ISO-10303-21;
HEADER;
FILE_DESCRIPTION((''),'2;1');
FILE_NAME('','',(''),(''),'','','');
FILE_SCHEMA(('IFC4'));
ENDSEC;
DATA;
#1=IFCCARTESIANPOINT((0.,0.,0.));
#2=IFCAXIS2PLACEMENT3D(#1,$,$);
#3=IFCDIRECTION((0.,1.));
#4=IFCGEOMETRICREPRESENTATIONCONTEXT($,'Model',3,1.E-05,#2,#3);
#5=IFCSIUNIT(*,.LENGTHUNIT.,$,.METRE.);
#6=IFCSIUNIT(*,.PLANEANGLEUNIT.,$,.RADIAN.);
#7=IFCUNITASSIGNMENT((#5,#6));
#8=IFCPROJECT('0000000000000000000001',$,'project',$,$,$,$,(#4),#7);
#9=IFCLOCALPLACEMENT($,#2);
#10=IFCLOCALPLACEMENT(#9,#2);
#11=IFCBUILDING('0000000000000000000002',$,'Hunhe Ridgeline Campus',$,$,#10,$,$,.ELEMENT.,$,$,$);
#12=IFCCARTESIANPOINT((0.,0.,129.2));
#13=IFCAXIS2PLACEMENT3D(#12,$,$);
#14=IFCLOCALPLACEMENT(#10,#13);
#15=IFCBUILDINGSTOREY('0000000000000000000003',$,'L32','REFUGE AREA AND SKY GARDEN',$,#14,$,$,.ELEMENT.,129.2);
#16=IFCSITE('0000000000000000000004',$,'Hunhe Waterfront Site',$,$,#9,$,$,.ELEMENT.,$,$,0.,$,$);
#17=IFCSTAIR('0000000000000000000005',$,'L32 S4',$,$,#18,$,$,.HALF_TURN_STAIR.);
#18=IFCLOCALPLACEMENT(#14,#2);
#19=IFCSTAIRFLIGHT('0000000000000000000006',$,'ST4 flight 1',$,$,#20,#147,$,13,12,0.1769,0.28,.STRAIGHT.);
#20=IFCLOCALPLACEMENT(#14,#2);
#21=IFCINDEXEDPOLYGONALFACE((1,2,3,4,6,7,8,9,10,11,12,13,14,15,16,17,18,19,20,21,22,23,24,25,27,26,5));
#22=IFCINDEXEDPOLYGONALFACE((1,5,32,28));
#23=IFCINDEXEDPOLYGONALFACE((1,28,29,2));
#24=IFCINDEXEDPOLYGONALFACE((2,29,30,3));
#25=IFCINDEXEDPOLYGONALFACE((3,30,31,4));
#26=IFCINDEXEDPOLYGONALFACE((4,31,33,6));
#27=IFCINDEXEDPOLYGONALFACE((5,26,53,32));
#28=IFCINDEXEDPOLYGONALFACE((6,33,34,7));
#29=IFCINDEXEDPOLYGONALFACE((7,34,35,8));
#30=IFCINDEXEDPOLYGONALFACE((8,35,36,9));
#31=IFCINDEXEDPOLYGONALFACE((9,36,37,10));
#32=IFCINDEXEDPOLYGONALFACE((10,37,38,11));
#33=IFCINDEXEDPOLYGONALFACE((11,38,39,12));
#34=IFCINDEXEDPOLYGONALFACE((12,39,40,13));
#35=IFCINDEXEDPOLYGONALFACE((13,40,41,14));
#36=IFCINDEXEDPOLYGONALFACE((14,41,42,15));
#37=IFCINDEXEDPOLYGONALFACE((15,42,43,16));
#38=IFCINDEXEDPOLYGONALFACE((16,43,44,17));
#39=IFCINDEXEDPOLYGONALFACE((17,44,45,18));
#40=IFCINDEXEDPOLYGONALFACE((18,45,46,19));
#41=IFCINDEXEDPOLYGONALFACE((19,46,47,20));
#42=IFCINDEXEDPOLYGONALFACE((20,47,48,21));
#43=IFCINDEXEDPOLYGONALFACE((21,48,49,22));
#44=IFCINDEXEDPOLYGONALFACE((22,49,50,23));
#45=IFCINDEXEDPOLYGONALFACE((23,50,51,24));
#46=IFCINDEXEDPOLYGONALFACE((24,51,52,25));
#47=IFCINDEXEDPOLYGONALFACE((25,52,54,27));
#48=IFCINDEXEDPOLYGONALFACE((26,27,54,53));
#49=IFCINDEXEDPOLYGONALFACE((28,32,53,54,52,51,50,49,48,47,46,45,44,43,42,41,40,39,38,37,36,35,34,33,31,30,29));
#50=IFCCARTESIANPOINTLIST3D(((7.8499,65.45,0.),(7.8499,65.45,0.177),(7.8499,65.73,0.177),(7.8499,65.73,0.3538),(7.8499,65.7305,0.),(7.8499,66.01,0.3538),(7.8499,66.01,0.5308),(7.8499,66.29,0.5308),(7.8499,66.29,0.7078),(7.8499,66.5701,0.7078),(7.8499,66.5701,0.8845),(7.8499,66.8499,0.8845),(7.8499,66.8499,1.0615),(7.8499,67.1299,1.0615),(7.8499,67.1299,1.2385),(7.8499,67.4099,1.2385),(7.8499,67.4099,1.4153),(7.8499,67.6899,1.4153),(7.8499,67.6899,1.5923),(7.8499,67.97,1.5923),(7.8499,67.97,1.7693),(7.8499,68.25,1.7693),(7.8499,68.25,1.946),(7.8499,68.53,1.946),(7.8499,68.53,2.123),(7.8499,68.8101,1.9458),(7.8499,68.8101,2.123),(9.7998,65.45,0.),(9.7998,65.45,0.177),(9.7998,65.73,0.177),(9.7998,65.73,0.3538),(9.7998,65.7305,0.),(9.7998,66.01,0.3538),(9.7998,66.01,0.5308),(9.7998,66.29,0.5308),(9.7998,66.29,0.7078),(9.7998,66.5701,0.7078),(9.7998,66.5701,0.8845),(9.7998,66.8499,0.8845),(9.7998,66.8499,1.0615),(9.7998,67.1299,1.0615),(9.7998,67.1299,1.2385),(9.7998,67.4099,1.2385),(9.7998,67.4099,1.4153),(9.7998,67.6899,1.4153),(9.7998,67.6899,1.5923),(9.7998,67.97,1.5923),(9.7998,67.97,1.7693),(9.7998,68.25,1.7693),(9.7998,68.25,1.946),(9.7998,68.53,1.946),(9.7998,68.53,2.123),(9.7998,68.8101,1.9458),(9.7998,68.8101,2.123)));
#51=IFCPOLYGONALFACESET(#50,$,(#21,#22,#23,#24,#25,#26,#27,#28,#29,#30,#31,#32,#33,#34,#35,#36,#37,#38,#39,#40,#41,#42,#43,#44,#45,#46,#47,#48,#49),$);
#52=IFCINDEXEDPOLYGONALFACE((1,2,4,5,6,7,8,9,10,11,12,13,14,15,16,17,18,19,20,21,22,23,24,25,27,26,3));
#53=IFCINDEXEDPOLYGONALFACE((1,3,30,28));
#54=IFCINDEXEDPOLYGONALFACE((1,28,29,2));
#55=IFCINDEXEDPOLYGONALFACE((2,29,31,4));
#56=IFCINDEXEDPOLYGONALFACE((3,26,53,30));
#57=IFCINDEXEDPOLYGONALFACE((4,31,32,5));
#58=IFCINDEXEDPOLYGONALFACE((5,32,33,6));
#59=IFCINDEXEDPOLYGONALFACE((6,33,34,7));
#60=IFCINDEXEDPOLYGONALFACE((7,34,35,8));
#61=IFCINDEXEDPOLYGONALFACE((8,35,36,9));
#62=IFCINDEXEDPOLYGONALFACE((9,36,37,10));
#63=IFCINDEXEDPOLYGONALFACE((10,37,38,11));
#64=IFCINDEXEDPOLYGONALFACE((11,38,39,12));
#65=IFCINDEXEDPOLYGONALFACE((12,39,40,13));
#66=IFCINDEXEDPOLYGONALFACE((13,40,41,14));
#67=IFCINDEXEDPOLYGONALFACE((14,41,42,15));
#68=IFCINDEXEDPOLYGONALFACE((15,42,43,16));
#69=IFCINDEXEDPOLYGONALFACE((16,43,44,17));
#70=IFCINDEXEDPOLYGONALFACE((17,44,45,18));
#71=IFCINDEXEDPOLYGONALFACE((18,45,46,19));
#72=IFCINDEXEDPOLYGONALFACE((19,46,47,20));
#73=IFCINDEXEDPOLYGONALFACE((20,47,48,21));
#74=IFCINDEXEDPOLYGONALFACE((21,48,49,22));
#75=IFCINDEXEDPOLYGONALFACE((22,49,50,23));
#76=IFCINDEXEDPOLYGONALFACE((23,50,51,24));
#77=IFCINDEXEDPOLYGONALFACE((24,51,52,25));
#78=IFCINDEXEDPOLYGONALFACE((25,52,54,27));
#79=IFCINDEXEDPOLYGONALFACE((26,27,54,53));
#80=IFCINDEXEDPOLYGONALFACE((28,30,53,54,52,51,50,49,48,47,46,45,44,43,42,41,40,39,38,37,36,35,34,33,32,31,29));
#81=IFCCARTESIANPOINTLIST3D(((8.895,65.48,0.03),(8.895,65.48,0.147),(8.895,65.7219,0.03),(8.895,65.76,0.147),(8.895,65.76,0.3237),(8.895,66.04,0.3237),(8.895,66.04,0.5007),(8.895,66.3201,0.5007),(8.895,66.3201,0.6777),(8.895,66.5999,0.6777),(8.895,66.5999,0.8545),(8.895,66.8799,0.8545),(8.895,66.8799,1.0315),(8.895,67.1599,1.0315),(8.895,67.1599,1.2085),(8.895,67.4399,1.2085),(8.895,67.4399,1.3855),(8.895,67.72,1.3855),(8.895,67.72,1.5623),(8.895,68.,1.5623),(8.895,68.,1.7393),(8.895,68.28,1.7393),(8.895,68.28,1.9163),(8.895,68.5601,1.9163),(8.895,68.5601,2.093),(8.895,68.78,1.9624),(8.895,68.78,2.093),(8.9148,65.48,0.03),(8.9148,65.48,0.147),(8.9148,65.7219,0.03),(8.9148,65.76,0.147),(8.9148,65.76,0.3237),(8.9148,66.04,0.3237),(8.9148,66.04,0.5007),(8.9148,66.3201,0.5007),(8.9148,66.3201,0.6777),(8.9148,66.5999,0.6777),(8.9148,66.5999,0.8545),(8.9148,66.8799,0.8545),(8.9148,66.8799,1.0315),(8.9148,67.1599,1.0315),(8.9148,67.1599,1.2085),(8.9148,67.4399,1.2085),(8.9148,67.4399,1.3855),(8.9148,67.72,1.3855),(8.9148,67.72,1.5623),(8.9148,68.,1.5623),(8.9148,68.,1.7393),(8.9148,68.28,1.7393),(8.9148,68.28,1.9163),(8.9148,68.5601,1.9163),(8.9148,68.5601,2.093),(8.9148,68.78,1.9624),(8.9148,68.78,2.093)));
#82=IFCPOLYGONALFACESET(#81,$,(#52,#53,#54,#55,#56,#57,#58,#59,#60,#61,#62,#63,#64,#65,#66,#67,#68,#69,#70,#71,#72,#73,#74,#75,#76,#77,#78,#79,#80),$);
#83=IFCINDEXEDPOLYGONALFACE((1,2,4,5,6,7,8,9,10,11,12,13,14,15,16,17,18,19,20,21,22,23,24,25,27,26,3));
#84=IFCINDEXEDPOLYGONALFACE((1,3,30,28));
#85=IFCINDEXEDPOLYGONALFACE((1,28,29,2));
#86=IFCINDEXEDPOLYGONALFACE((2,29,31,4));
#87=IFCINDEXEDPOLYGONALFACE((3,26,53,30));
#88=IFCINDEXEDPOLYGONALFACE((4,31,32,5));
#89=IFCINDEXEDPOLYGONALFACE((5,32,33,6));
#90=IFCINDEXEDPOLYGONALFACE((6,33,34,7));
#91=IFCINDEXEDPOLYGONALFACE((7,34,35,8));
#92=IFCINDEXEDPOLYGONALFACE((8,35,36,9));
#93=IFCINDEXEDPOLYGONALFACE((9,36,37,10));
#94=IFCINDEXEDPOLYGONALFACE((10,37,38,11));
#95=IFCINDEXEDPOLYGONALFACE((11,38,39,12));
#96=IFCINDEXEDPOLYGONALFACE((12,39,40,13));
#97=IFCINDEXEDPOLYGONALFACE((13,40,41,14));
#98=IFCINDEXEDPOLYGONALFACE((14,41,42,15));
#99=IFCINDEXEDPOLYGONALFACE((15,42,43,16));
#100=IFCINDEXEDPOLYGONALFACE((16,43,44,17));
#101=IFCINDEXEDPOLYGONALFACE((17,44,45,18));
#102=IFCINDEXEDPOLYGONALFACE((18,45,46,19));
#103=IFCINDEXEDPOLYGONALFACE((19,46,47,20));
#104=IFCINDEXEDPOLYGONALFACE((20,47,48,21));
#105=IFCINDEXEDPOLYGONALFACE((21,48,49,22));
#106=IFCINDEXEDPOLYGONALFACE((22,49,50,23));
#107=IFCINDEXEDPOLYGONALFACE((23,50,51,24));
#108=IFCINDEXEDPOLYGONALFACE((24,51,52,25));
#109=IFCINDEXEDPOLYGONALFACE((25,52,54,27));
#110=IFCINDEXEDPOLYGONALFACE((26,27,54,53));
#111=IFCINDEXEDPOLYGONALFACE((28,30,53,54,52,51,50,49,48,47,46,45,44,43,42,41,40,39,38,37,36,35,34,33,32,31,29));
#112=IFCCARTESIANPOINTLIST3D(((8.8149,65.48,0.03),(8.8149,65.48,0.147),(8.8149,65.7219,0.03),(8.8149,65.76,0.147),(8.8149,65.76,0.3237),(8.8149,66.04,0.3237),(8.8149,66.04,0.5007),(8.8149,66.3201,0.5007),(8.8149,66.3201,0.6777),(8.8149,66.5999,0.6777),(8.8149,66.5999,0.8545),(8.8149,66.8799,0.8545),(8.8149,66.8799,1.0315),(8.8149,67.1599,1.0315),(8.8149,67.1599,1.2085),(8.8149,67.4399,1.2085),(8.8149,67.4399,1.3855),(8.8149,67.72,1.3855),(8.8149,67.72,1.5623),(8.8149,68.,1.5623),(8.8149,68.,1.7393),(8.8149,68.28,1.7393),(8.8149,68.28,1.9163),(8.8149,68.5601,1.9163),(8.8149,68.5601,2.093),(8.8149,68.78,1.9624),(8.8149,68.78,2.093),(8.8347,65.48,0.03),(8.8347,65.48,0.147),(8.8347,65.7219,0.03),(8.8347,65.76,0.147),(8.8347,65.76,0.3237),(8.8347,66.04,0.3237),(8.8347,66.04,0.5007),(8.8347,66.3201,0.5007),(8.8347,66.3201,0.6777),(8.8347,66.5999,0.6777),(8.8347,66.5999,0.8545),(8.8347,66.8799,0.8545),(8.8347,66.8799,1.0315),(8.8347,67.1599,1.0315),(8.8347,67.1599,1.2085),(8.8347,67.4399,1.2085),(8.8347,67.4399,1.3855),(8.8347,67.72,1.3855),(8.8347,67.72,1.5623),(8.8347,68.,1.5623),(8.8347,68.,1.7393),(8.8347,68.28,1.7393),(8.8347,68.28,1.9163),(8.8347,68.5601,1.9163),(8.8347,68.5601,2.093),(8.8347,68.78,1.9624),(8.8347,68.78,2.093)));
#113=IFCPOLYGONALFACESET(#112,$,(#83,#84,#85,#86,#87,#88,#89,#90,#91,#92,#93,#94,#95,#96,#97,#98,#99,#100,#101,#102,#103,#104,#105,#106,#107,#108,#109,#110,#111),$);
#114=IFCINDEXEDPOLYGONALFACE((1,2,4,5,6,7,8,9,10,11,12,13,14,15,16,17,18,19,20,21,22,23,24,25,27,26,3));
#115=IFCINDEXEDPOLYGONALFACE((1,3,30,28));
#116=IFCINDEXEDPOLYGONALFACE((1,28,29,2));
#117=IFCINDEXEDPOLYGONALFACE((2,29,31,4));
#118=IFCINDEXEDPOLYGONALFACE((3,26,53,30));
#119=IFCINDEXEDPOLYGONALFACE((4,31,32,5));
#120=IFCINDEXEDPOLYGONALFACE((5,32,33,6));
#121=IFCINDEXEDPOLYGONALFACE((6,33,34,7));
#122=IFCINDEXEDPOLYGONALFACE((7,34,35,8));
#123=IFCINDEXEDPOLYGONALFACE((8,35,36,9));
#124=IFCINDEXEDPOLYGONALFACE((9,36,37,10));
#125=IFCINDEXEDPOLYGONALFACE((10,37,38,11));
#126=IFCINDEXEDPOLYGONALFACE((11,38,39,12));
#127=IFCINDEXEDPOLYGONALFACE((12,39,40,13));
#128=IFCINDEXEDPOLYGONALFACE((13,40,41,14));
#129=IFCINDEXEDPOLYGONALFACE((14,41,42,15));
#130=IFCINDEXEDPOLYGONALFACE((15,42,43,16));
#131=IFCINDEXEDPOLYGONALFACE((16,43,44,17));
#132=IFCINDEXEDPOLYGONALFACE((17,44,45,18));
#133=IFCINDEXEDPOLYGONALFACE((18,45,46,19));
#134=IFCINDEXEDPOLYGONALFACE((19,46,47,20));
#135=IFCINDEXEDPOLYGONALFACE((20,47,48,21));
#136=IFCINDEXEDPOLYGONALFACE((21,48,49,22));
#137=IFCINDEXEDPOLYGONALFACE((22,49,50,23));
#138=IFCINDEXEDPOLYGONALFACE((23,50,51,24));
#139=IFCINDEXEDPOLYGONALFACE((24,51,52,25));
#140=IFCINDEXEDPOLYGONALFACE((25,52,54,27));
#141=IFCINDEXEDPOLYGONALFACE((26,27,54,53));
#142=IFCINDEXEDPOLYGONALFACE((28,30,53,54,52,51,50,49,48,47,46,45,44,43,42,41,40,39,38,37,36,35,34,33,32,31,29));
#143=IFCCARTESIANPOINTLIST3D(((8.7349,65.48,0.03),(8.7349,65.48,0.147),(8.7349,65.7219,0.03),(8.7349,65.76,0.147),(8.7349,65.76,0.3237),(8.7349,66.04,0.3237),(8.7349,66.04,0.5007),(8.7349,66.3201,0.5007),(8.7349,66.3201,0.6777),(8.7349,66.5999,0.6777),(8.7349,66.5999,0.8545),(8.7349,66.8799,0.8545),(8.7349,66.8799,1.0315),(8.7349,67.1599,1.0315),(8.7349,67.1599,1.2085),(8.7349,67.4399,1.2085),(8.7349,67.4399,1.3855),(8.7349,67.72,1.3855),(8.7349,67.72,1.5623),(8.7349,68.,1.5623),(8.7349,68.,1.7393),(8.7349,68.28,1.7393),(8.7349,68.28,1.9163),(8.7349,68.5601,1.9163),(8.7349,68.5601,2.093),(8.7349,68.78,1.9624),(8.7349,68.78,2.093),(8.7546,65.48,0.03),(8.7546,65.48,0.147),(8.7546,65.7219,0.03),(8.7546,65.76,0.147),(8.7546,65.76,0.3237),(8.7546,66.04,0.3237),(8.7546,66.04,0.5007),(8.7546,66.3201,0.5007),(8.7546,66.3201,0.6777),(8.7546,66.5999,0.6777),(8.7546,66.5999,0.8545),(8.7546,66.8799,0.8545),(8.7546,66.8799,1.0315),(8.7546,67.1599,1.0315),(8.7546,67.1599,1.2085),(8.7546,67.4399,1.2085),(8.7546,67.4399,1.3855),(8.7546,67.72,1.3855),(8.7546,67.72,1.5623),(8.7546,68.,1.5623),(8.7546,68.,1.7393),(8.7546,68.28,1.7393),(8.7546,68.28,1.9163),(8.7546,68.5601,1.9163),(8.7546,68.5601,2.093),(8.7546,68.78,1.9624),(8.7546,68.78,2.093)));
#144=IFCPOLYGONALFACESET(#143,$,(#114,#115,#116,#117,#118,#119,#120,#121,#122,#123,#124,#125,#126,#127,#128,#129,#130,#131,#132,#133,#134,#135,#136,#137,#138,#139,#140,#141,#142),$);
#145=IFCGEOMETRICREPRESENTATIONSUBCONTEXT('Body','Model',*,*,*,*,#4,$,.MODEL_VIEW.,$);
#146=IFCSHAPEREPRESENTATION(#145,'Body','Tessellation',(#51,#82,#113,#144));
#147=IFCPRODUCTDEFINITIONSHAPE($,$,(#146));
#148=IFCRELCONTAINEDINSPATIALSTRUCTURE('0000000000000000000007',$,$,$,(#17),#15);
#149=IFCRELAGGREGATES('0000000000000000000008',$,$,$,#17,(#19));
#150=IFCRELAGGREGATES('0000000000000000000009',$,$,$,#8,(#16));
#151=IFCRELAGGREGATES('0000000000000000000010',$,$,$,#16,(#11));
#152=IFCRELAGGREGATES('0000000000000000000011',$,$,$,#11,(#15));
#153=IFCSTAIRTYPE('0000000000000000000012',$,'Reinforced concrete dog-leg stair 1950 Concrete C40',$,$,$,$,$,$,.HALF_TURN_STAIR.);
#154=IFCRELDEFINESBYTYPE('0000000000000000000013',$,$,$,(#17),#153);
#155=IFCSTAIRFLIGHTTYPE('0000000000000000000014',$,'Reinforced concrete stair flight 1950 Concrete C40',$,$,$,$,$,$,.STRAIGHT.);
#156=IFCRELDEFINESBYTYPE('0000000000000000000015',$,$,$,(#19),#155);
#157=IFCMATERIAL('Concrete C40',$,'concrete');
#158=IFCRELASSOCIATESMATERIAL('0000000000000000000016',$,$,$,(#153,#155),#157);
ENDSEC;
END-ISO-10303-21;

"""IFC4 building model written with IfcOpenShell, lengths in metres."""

from ifc_helpers import new_model, si_unit, direction, frame, origin, place, context, subcontext, project, spatial, polyline, outline, extrude, material, type_object, element, aggregate, save


model = new_model("IFC4")

# Units and contexts
model_context = context("Model", 3, precision=1e-05, world=origin(), true_north=direction((0.0, 1.0)))
body_context = subcontext(model_context, "Body", "Model", "MODEL_VIEW")
ifc_project = project(units=[si_unit("LENGTHUNIT", "METRE"), si_unit("PLANEANGLEUNIT", "RADIAN")], contexts=[model_context])

# Site, building, storey
site_placement = place(None, origin())
site = spatial("IfcSite", under=ifc_project, at=site_placement, Name="Hunhe Waterfront Site", CompositionType="ELEMENT", RefElevation=0.0)
building_placement = place(site_placement, origin())
building = spatial("IfcBuilding", under=site, at=building_placement, Name="Hunhe Ridgeline Campus", CompositionType="ELEMENT")
storey_placement = place(building_placement, frame((0.0, 0.0, 129.2)))
storey = spatial("IfcBuildingStorey", under=building, at=storey_placement, Name="L32", Description="REFUGE AREA AND SKY GARDEN", CompositionType="ELEMENT", Elevation=129.2)

# Stair, stair flight
ifc_material_1 = material(Name="Concrete C40", Category="concrete")
stair_type = type_object("IfcStairType", Name="Reinforced concrete dog-leg stair 1950 Concrete C40", PredefinedType="HALF_TURN_STAIR", material=ifc_material_1)
stair_flight_type = type_object("IfcStairFlightType", Name="Reinforced concrete stair flight 1950 Concrete C40", PredefinedType="STRAIGHT", material=ifc_material_1)
stair_1_placement = place(storey_placement, origin())
stair_1 = element("IfcStair", 1, at=stair_1_placement, inside=storey, type_object=stair_type, Name="L32 S4", PredefinedType="HALF_TURN_STAIR")
stair_flight_1_placement = place(storey_placement, frame((8.825, 65.45, 0.0), z_axis=(0.0, 0.0, 1.0), x_axis=(0.0, 1.0, 0.0)))
stair_flight_1 = element("IfcStairFlight", 2, at=stair_flight_1_placement, type_object=stair_flight_type, Name="ST4 flight 1", NumberOfRisers=13, NumberOfTreads=12, PredefinedType="STRAIGHT", RiserHeight=0.1769, TreadLength=0.28, context=body_context, shape_type="SweptSolid", body=[
    extrude(outline(polyline([(0.0, 0.0), (0.0, 0.177), (0.28, 0.177), (0.28, 0.3538), (0.5601, 0.3538), (0.5601, 0.5308), (0.8401, 0.5308), (0.8401, 0.7078), (1.1201, 0.7078), (1.1201, 0.8845), (1.3999, 0.8845), (1.3999, 1.0615), (1.6799, 1.0615), (1.6799, 1.2385), (1.96, 1.2385), (1.96, 1.4153), (2.24, 1.4153), (2.24, 1.5923), (2.52, 1.5923), (2.52, 1.7693), (2.8, 1.7693), (2.8, 1.946), (3.0801, 1.946), (3.0801, 2.123), (3.3601, 2.123), (3.3601, 2.3), (3.3601, 1.9458), (0.2805, 0.0), (0.0, 0.0)])), frame((0.0, 0.9751, 0.0), z_axis=(0.0, -1.0, 0.0), x_axis=(1.0, 0.0, 0.0)), (0.0, 0.0, 1.0), 1.95),
    extrude(outline(polyline([(0.03, 0.03), (0.03, 0.147), (0.3101, 0.147), (0.3101, 0.3237), (0.5901, 0.3237), (0.5901, 0.5007), (0.8701, 0.5007), (0.8701, 0.6777), (1.1499, 0.6777), (1.1499, 0.8545), (1.4299, 0.8545), (1.4299, 1.0315), (1.71, 1.0315), (1.71, 1.2085), (1.99, 1.2085), (1.99, 1.3855), (2.27, 1.3855), (2.27, 1.5623), (2.55, 1.5623), (2.55, 1.7393), (2.8301, 1.7393), (2.8301, 1.9163), (3.1101, 1.9163), (3.1101, 2.093), (3.3301, 2.093), (3.3301, 1.9624), (0.272, 0.03), (0.03, 0.03)])), frame((0.0, -0.0701, 0.0), z_axis=(0.0, -1.0, 0.0), x_axis=(1.0, 0.0, 0.0)), (0.0, 0.0, 1.0), 0.0198),
    extrude(outline(polyline([(0.03, 0.03), (0.03, 0.147), (0.3101, 0.147), (0.3101, 0.3237), (0.5901, 0.3237), (0.5901, 0.5007), (0.8701, 0.5007), (0.8701, 0.6777), (1.1499, 0.6777), (1.1499, 0.8545), (1.4299, 0.8545), (1.4299, 1.0315), (1.71, 1.0315), (1.71, 1.2085), (1.99, 1.2085), (1.99, 1.3855), (2.27, 1.3855), (2.27, 1.5623), (2.55, 1.5623), (2.55, 1.7393), (2.8301, 1.7393), (2.8301, 1.9163), (3.1101, 1.9163), (3.1101, 2.093), (3.3301, 2.093), (3.3301, 1.9624), (0.272, 0.03), (0.03, 0.03)])), frame((0.0, 0.01, 0.0), z_axis=(0.0, -1.0, 0.0), x_axis=(1.0, 0.0, 0.0)), (0.0, 0.0, 1.0), 0.0198),
    extrude(outline(polyline([(0.03, 0.03), (0.03, 0.147), (0.3101, 0.147), (0.3101, 0.3237), (0.5901, 0.3237), (0.5901, 0.5007), (0.8701, 0.5007), (0.8701, 0.6777), (1.1499, 0.6777), (1.1499, 0.8545), (1.4299, 0.8545), (1.4299, 1.0315), (1.71, 1.0315), (1.71, 1.2085), (1.99, 1.2085), (1.99, 1.3855), (2.27, 1.3855), (2.27, 1.5623), (2.55, 1.5623), (2.55, 1.7393), (2.8301, 1.7393), (2.8301, 1.9163), (3.1101, 1.9163), (3.1101, 2.093), (3.3301, 2.093), (3.3301, 1.9624), (0.272, 0.03), (0.03, 0.03)])), frame((0.0, 0.0901, 0.0), z_axis=(0.0, -1.0, 0.0), x_axis=(1.0, 0.0, 0.0)), (0.0, 0.0, 1.0), 0.0198),
])
aggregate(stair_1, [stair_flight_1])

save(model, "model.ifc")
